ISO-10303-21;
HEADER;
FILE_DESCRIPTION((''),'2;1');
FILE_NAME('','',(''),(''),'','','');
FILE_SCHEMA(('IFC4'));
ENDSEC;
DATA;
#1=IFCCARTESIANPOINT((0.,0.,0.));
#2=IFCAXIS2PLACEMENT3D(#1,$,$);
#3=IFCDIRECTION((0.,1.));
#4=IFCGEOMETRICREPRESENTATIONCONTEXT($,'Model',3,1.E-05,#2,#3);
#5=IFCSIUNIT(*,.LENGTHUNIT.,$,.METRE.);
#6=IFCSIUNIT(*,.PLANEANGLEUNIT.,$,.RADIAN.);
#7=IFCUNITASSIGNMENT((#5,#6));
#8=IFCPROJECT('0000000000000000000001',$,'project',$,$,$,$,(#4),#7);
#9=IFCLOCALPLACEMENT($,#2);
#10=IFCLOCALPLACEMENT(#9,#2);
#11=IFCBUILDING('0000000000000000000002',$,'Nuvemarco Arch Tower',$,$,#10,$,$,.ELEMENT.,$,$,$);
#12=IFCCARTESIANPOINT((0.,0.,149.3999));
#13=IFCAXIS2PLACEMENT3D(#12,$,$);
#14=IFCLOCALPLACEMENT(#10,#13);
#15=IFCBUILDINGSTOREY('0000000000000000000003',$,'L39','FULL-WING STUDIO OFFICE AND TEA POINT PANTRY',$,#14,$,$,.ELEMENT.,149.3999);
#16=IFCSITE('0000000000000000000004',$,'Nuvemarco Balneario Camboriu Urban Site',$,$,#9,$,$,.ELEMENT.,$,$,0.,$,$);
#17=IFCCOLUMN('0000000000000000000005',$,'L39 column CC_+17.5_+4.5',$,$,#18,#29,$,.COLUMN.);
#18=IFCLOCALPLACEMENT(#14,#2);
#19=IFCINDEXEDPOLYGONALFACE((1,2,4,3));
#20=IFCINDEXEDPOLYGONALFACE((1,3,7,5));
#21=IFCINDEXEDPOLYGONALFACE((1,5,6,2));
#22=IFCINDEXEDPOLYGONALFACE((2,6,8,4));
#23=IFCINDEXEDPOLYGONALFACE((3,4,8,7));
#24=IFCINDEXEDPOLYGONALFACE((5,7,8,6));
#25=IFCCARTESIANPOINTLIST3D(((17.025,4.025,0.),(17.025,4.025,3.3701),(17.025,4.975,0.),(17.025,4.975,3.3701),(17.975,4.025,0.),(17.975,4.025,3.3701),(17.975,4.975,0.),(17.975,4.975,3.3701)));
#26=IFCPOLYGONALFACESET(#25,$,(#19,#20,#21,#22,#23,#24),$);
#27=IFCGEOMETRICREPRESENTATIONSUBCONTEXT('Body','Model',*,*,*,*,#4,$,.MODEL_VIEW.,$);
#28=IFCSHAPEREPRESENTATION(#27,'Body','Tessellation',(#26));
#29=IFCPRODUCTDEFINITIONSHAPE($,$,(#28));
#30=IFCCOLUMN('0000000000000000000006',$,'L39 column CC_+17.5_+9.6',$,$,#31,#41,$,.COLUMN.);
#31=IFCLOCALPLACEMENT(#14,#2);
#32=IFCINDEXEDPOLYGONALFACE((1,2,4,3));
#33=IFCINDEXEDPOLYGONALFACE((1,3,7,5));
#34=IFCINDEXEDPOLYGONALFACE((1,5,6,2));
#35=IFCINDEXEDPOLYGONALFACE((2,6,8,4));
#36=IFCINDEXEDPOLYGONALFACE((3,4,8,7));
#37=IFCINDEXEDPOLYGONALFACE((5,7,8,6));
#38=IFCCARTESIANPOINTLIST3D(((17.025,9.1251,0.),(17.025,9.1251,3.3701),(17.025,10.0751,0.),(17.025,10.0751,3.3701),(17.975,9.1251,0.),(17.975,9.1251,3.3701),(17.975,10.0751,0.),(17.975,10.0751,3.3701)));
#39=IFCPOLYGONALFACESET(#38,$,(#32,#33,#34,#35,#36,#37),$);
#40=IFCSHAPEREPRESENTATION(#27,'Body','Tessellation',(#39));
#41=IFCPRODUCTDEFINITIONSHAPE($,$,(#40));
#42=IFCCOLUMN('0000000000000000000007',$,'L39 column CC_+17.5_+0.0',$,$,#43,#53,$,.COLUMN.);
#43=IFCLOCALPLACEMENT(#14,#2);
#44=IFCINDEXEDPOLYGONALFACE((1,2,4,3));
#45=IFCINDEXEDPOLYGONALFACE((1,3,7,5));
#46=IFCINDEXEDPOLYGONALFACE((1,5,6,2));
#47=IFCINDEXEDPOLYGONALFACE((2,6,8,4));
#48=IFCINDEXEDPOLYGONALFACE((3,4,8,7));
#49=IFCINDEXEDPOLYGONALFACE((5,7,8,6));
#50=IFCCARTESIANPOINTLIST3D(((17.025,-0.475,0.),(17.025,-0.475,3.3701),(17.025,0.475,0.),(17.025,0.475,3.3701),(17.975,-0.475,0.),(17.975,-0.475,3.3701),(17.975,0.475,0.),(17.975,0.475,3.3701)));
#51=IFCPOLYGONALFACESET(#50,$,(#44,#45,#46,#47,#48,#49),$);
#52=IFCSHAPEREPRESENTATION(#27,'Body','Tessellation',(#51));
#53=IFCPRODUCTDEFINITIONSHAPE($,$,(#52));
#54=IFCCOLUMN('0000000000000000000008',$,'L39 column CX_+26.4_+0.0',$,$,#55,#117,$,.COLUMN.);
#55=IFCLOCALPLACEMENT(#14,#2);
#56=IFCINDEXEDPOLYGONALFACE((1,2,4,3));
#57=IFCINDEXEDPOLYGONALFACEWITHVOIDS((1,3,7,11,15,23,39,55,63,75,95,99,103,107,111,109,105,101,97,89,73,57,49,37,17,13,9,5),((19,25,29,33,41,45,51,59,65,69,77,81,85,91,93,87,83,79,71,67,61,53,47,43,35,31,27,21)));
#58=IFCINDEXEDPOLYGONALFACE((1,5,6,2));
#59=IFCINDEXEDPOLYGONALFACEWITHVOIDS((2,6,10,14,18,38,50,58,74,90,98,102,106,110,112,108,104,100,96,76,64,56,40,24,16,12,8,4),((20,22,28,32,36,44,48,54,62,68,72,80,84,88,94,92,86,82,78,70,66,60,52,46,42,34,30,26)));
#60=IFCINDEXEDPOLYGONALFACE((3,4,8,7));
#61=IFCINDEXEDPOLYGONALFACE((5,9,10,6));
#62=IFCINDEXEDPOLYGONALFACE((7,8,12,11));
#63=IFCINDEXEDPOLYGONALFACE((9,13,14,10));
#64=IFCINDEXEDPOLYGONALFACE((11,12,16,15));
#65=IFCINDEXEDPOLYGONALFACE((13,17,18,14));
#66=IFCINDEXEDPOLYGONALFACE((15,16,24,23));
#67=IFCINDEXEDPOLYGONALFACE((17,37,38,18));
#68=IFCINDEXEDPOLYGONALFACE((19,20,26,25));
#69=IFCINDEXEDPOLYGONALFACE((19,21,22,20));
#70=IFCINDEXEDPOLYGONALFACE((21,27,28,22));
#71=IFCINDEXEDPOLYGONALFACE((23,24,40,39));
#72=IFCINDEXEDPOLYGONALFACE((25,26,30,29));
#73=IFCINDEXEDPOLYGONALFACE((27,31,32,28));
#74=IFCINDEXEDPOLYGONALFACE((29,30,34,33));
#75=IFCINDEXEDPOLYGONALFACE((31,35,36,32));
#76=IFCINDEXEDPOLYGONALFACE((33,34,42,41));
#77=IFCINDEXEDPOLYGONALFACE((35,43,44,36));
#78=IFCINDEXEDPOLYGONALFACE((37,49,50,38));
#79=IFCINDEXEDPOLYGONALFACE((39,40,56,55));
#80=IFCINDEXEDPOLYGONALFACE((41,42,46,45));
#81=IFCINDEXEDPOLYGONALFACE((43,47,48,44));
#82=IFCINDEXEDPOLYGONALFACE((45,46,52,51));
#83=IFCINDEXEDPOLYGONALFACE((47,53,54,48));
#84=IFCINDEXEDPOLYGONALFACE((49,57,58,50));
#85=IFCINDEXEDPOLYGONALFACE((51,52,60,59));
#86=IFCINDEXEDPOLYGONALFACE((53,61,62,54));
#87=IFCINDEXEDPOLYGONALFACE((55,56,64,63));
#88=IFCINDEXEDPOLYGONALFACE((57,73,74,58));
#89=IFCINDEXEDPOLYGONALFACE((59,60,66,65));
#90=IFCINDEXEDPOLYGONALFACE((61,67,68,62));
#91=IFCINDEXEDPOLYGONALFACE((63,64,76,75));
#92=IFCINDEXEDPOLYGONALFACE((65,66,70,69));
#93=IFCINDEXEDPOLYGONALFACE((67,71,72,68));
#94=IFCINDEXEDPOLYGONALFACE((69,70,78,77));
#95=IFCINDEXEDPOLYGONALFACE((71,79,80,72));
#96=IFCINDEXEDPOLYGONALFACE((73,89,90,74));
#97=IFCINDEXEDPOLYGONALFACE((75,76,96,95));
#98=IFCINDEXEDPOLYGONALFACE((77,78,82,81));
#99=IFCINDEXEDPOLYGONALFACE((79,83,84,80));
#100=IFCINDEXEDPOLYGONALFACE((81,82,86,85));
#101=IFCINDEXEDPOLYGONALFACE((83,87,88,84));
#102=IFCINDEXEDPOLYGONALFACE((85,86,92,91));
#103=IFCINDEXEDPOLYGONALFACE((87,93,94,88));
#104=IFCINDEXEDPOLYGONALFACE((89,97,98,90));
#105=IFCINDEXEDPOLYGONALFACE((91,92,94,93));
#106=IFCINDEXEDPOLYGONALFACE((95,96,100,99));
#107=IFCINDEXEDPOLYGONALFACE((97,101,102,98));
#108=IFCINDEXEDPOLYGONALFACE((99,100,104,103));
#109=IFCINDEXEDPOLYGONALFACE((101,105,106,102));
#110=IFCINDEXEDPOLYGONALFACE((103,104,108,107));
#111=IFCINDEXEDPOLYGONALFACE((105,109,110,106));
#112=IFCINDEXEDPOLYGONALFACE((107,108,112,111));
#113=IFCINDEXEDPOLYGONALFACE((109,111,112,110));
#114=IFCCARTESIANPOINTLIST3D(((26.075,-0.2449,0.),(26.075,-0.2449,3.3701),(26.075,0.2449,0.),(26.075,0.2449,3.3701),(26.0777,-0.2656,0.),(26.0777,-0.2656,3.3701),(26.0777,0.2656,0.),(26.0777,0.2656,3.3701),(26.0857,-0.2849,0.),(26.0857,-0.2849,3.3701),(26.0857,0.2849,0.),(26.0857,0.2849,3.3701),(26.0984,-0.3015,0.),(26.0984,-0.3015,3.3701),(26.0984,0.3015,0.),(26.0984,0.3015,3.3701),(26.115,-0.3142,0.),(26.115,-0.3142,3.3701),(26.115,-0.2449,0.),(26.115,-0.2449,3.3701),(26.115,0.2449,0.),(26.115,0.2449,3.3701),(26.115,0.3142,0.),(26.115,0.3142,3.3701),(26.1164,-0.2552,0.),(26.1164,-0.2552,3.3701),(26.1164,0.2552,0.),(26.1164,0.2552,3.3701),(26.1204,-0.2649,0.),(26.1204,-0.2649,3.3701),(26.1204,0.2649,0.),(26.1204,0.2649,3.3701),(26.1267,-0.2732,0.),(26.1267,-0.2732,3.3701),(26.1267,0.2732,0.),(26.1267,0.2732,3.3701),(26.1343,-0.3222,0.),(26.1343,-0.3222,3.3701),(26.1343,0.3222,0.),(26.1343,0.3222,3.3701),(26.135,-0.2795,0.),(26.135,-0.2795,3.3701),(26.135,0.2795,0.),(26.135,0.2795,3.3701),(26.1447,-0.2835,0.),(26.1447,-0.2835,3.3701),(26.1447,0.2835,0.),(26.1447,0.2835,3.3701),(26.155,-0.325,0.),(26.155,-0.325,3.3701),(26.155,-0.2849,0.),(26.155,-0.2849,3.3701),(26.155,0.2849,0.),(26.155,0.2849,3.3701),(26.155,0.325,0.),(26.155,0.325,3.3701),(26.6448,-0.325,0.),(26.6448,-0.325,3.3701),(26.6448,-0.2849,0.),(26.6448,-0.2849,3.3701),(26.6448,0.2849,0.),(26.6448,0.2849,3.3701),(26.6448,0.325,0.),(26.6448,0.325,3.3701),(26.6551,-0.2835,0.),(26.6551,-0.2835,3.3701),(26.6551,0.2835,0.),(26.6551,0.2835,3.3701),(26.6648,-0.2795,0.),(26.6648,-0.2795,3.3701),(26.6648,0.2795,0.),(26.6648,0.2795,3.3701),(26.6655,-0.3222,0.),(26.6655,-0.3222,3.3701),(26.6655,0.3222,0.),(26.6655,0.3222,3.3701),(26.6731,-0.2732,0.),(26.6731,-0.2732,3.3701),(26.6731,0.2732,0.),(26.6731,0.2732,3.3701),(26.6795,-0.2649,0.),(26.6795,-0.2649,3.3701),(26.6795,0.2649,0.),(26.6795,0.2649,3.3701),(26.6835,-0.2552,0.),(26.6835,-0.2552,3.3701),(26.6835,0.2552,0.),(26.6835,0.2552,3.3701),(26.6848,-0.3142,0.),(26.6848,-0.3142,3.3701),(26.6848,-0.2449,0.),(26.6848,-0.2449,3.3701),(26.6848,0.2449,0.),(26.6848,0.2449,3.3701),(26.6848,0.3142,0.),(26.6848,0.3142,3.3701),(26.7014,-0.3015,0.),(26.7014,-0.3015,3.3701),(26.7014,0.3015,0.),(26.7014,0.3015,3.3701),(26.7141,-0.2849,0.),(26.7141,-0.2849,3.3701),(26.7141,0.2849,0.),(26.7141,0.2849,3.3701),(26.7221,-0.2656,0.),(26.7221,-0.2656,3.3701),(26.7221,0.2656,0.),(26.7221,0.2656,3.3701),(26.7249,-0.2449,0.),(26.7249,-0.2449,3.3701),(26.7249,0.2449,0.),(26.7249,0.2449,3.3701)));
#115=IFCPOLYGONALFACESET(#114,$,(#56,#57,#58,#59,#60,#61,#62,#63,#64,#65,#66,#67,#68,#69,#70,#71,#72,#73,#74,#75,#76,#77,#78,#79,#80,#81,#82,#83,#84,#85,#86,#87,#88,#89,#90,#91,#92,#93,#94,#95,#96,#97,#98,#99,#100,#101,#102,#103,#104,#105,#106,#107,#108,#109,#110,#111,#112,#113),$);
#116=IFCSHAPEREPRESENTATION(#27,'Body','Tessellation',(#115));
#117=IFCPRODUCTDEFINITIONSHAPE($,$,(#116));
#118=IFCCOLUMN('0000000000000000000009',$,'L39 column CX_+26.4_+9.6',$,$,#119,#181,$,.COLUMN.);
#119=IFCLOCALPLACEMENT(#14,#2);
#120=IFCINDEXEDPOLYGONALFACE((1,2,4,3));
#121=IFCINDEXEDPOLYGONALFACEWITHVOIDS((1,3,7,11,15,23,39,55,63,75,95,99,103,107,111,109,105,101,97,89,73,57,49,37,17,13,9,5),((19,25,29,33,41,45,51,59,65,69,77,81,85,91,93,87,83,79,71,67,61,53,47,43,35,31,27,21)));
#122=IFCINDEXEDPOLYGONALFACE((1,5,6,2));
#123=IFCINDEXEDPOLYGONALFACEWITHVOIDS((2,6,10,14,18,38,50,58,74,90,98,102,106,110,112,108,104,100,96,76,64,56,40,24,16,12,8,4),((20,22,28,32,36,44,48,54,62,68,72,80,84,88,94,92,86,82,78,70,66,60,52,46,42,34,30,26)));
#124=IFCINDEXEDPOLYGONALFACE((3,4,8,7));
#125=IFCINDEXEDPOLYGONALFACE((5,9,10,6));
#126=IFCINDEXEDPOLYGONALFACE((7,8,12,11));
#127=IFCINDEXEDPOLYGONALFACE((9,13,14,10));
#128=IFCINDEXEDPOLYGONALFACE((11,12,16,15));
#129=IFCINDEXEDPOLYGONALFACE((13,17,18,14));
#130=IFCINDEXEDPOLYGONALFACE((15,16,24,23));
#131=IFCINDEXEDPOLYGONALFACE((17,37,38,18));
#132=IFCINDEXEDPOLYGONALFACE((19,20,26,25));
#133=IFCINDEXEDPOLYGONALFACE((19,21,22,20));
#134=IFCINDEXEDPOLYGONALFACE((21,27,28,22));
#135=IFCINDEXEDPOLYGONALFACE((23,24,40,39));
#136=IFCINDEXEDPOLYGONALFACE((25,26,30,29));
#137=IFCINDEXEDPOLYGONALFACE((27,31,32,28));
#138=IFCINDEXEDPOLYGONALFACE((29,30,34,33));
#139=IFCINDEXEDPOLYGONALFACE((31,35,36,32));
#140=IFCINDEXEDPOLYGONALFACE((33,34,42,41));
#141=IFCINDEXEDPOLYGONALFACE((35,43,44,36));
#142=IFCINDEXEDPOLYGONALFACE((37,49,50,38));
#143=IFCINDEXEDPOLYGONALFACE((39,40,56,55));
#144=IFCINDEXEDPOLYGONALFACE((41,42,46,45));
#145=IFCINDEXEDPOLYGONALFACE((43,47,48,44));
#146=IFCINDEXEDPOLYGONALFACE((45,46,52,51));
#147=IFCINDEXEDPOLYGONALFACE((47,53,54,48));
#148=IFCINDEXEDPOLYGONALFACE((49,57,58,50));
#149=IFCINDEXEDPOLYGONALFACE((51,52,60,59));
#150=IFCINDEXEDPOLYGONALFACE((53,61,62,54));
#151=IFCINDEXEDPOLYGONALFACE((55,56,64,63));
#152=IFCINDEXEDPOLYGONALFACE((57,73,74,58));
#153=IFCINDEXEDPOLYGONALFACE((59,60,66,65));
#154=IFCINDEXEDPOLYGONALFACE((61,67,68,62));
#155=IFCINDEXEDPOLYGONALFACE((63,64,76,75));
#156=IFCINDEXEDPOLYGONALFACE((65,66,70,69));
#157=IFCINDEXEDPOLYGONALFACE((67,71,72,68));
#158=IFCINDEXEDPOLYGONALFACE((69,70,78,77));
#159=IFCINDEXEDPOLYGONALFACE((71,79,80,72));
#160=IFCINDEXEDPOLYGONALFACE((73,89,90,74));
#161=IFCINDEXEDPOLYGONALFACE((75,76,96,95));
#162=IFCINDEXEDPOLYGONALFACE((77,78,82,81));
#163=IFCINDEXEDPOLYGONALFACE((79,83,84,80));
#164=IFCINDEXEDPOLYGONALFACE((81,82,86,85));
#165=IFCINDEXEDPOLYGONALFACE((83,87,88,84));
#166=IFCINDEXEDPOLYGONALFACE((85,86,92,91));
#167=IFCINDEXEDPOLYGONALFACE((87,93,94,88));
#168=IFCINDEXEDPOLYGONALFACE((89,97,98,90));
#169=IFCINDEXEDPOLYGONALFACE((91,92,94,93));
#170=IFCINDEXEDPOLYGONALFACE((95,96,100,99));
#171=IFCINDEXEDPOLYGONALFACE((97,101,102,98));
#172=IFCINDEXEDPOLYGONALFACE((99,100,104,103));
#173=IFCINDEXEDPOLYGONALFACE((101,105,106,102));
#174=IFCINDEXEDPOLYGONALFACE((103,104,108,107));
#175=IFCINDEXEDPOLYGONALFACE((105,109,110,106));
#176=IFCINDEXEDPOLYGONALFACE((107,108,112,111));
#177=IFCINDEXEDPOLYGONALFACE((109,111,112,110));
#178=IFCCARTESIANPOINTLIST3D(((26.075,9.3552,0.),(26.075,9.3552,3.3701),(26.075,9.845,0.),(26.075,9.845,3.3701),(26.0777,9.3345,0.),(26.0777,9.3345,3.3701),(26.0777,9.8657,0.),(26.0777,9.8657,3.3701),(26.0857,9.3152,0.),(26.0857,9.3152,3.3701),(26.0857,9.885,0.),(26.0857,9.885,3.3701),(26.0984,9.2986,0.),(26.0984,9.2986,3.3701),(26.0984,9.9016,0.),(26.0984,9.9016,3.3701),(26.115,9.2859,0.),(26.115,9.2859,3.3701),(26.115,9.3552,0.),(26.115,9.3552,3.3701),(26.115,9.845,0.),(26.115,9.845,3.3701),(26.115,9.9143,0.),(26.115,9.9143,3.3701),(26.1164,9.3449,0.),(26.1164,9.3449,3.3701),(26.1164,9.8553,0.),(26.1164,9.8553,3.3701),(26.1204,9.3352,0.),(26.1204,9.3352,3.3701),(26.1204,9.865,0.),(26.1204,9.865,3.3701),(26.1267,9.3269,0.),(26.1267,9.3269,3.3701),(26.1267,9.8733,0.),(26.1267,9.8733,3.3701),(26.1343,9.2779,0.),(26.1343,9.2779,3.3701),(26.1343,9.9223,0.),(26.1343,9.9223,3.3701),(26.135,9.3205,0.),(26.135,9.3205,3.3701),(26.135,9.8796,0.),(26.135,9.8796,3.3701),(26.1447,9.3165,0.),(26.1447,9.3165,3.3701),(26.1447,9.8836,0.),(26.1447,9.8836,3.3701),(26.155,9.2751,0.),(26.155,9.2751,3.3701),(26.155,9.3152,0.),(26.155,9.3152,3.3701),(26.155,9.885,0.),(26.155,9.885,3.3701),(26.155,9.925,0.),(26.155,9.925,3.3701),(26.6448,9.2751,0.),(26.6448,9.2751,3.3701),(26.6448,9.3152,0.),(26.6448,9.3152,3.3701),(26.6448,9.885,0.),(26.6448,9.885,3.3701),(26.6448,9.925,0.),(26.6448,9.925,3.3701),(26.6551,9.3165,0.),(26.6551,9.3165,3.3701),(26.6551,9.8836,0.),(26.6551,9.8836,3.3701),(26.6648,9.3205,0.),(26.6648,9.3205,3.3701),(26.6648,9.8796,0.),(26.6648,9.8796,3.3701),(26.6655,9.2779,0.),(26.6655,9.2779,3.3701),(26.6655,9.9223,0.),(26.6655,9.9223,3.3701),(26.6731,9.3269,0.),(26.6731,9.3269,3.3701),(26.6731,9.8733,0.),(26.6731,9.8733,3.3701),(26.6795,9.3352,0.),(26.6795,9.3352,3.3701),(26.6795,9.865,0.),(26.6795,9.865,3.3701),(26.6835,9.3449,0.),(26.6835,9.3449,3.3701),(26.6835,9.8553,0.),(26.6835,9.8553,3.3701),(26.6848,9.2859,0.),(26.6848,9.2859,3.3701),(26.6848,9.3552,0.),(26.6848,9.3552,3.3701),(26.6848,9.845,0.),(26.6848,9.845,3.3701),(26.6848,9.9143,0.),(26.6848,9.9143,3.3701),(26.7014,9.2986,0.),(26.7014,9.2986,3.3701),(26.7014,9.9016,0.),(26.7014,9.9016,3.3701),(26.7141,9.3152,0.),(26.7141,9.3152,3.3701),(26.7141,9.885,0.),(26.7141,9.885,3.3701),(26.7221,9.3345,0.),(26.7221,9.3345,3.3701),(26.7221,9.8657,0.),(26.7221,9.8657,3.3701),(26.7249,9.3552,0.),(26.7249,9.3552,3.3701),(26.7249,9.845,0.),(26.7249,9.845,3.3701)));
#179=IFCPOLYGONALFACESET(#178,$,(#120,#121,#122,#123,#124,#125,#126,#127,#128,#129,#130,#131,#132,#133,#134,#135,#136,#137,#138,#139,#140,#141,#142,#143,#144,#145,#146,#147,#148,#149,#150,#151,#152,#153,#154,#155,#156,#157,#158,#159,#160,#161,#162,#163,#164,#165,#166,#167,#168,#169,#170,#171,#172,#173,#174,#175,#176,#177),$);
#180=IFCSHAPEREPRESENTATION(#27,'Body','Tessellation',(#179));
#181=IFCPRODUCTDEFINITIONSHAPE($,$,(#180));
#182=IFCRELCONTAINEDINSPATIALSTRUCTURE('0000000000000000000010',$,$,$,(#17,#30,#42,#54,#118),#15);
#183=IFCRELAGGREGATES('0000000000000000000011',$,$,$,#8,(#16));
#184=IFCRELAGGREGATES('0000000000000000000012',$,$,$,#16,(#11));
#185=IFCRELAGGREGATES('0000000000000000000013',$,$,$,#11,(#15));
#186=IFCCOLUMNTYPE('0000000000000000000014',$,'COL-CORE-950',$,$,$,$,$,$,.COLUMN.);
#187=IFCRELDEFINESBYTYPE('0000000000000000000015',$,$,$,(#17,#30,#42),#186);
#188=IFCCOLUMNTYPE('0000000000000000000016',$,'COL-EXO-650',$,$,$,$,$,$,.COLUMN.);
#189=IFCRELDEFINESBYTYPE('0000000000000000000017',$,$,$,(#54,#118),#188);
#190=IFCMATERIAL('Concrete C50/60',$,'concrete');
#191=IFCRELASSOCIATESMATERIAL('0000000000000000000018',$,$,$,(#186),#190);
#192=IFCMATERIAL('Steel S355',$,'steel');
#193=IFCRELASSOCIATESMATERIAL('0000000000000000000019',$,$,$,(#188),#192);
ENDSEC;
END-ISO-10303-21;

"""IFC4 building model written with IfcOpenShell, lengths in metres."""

from ifc_helpers import new_model, si_unit, direction, frame, origin, origin_2d, place, context, subcontext, project, spatial, rectangle, hollow_rectangle, extrude, material, material_profile, profile_set, type_object, element, save


model = new_model("IFC4")

# Units and contexts
model_context = context("Model", 3, precision=1e-05, world=origin(), true_north=direction((0.0, 1.0)))
body_context = subcontext(model_context, "Body", "Model", "MODEL_VIEW")
ifc_project = project(units=[si_unit("LENGTHUNIT", "METRE"), si_unit("PLANEANGLEUNIT", "RADIAN")], contexts=[model_context])

# Site, building, storey
site_placement = place(None, origin())
site = spatial("IfcSite", under=ifc_project, at=site_placement, Name="Nuvemarco Balneario Camboriu Urban Site", CompositionType="ELEMENT", RefElevation=0.0)
building_placement = place(site_placement, origin())
building = spatial("IfcBuilding", under=site, at=building_placement, Name="Nuvemarco Arch Tower", CompositionType="ELEMENT")
storey_placement = place(building_placement, frame((0.0, 0.0, 149.3999)))
storey = spatial("IfcBuildingStorey", under=building, at=storey_placement, Name="L39", Description="FULL-WING STUDIO OFFICE AND TEA POINT PANTRY", CompositionType="ELEMENT", Elevation=149.3999)

# Columns
ifc_material_1 = material(Name="Concrete C50/60", Category="concrete")
ifc_material_profile_1 = material_profile(ifc_material_1, rectangle(XDim=0.95, YDim=0.95, at=origin_2d()), Name="RC-COL-950x950")
ifc_profile_set_1 = profile_set([ifc_material_profile_1], Name="Concrete C50/60")
column_type_1 = type_object("IfcColumnType", Name="COL-CORE-950", PredefinedType="COLUMN", material=ifc_profile_set_1)
for number, where, z_axis, x_axis, name in (
    (1, (17.5, 4.5, 0.0), (0.0, 0.0, 1.0), (1.0, 0.0, 0.0), "L39 column CC_+17.5_+4.5"),
    (2, (17.5, 9.6001, 0.0), (0.0, 0.0, 1.0), (1.0, 0.0, 0.0), "L39 column CC_+17.5_+9.6"),
    (3, (17.5, 0.0, 0.0), (0.0, 0.0, 1.0), (1.0, 0.0, 0.0), "L39 column CC_+17.5_+0.0"),
):
    element("IfcColumn", number, at=place(storey_placement, frame(where, z_axis=z_axis, x_axis=x_axis)), inside=storey, type_object=column_type_1, Name=name, PredefinedType="COLUMN", context=body_context, shape_type="SweptSolid", body=[
        extrude(rectangle(XDim=0.95, YDim=0.95, at=origin_2d()), origin(), (0.0, 0.0, 1.0), 3.3701),
    ])
ifc_material_2 = material(Name="Steel S355", Category="steel")
ifc_material_profile_2 = material_profile(ifc_material_2, hollow_rectangle(XDim=0.6499, YDim=0.6499, WallThickness=0.04, InnerFilletRadius=0.04, OuterFilletRadius=0.0801, at=origin_2d()), Name="SHS650x650x40")
ifc_profile_set_2 = profile_set([ifc_material_profile_2], Name="Steel S355")
column_type_2 = type_object("IfcColumnType", Name="COL-EXO-650", PredefinedType="COLUMN", material=ifc_profile_set_2)
for number, where, z_axis, x_axis, name in (
    (4, (26.3999, 0.0, 0.0), (0.0, 0.0, 1.0), (1.0, 0.0, 0.0), "L39 column CX_+26.4_+0.0"),
    (5, (26.3999, 9.6001, 0.0), (0.0, 0.0, 1.0), (1.0, 0.0, 0.0), "L39 column CX_+26.4_+9.6"),
):
    element("IfcColumn", number, at=place(storey_placement, frame(where, z_axis=z_axis, x_axis=x_axis)), inside=storey, type_object=column_type_2, Name=name, PredefinedType="COLUMN", context=body_context, shape_type="SweptSolid", body=[
        extrude(hollow_rectangle(XDim=0.6499, YDim=0.6499, WallThickness=0.04, InnerFilletRadius=0.04, OuterFilletRadius=0.0801, at=origin_2d()), origin(), (0.0, 0.0, 1.0), 3.3701),
    ])

save(model, "model.ifc")
